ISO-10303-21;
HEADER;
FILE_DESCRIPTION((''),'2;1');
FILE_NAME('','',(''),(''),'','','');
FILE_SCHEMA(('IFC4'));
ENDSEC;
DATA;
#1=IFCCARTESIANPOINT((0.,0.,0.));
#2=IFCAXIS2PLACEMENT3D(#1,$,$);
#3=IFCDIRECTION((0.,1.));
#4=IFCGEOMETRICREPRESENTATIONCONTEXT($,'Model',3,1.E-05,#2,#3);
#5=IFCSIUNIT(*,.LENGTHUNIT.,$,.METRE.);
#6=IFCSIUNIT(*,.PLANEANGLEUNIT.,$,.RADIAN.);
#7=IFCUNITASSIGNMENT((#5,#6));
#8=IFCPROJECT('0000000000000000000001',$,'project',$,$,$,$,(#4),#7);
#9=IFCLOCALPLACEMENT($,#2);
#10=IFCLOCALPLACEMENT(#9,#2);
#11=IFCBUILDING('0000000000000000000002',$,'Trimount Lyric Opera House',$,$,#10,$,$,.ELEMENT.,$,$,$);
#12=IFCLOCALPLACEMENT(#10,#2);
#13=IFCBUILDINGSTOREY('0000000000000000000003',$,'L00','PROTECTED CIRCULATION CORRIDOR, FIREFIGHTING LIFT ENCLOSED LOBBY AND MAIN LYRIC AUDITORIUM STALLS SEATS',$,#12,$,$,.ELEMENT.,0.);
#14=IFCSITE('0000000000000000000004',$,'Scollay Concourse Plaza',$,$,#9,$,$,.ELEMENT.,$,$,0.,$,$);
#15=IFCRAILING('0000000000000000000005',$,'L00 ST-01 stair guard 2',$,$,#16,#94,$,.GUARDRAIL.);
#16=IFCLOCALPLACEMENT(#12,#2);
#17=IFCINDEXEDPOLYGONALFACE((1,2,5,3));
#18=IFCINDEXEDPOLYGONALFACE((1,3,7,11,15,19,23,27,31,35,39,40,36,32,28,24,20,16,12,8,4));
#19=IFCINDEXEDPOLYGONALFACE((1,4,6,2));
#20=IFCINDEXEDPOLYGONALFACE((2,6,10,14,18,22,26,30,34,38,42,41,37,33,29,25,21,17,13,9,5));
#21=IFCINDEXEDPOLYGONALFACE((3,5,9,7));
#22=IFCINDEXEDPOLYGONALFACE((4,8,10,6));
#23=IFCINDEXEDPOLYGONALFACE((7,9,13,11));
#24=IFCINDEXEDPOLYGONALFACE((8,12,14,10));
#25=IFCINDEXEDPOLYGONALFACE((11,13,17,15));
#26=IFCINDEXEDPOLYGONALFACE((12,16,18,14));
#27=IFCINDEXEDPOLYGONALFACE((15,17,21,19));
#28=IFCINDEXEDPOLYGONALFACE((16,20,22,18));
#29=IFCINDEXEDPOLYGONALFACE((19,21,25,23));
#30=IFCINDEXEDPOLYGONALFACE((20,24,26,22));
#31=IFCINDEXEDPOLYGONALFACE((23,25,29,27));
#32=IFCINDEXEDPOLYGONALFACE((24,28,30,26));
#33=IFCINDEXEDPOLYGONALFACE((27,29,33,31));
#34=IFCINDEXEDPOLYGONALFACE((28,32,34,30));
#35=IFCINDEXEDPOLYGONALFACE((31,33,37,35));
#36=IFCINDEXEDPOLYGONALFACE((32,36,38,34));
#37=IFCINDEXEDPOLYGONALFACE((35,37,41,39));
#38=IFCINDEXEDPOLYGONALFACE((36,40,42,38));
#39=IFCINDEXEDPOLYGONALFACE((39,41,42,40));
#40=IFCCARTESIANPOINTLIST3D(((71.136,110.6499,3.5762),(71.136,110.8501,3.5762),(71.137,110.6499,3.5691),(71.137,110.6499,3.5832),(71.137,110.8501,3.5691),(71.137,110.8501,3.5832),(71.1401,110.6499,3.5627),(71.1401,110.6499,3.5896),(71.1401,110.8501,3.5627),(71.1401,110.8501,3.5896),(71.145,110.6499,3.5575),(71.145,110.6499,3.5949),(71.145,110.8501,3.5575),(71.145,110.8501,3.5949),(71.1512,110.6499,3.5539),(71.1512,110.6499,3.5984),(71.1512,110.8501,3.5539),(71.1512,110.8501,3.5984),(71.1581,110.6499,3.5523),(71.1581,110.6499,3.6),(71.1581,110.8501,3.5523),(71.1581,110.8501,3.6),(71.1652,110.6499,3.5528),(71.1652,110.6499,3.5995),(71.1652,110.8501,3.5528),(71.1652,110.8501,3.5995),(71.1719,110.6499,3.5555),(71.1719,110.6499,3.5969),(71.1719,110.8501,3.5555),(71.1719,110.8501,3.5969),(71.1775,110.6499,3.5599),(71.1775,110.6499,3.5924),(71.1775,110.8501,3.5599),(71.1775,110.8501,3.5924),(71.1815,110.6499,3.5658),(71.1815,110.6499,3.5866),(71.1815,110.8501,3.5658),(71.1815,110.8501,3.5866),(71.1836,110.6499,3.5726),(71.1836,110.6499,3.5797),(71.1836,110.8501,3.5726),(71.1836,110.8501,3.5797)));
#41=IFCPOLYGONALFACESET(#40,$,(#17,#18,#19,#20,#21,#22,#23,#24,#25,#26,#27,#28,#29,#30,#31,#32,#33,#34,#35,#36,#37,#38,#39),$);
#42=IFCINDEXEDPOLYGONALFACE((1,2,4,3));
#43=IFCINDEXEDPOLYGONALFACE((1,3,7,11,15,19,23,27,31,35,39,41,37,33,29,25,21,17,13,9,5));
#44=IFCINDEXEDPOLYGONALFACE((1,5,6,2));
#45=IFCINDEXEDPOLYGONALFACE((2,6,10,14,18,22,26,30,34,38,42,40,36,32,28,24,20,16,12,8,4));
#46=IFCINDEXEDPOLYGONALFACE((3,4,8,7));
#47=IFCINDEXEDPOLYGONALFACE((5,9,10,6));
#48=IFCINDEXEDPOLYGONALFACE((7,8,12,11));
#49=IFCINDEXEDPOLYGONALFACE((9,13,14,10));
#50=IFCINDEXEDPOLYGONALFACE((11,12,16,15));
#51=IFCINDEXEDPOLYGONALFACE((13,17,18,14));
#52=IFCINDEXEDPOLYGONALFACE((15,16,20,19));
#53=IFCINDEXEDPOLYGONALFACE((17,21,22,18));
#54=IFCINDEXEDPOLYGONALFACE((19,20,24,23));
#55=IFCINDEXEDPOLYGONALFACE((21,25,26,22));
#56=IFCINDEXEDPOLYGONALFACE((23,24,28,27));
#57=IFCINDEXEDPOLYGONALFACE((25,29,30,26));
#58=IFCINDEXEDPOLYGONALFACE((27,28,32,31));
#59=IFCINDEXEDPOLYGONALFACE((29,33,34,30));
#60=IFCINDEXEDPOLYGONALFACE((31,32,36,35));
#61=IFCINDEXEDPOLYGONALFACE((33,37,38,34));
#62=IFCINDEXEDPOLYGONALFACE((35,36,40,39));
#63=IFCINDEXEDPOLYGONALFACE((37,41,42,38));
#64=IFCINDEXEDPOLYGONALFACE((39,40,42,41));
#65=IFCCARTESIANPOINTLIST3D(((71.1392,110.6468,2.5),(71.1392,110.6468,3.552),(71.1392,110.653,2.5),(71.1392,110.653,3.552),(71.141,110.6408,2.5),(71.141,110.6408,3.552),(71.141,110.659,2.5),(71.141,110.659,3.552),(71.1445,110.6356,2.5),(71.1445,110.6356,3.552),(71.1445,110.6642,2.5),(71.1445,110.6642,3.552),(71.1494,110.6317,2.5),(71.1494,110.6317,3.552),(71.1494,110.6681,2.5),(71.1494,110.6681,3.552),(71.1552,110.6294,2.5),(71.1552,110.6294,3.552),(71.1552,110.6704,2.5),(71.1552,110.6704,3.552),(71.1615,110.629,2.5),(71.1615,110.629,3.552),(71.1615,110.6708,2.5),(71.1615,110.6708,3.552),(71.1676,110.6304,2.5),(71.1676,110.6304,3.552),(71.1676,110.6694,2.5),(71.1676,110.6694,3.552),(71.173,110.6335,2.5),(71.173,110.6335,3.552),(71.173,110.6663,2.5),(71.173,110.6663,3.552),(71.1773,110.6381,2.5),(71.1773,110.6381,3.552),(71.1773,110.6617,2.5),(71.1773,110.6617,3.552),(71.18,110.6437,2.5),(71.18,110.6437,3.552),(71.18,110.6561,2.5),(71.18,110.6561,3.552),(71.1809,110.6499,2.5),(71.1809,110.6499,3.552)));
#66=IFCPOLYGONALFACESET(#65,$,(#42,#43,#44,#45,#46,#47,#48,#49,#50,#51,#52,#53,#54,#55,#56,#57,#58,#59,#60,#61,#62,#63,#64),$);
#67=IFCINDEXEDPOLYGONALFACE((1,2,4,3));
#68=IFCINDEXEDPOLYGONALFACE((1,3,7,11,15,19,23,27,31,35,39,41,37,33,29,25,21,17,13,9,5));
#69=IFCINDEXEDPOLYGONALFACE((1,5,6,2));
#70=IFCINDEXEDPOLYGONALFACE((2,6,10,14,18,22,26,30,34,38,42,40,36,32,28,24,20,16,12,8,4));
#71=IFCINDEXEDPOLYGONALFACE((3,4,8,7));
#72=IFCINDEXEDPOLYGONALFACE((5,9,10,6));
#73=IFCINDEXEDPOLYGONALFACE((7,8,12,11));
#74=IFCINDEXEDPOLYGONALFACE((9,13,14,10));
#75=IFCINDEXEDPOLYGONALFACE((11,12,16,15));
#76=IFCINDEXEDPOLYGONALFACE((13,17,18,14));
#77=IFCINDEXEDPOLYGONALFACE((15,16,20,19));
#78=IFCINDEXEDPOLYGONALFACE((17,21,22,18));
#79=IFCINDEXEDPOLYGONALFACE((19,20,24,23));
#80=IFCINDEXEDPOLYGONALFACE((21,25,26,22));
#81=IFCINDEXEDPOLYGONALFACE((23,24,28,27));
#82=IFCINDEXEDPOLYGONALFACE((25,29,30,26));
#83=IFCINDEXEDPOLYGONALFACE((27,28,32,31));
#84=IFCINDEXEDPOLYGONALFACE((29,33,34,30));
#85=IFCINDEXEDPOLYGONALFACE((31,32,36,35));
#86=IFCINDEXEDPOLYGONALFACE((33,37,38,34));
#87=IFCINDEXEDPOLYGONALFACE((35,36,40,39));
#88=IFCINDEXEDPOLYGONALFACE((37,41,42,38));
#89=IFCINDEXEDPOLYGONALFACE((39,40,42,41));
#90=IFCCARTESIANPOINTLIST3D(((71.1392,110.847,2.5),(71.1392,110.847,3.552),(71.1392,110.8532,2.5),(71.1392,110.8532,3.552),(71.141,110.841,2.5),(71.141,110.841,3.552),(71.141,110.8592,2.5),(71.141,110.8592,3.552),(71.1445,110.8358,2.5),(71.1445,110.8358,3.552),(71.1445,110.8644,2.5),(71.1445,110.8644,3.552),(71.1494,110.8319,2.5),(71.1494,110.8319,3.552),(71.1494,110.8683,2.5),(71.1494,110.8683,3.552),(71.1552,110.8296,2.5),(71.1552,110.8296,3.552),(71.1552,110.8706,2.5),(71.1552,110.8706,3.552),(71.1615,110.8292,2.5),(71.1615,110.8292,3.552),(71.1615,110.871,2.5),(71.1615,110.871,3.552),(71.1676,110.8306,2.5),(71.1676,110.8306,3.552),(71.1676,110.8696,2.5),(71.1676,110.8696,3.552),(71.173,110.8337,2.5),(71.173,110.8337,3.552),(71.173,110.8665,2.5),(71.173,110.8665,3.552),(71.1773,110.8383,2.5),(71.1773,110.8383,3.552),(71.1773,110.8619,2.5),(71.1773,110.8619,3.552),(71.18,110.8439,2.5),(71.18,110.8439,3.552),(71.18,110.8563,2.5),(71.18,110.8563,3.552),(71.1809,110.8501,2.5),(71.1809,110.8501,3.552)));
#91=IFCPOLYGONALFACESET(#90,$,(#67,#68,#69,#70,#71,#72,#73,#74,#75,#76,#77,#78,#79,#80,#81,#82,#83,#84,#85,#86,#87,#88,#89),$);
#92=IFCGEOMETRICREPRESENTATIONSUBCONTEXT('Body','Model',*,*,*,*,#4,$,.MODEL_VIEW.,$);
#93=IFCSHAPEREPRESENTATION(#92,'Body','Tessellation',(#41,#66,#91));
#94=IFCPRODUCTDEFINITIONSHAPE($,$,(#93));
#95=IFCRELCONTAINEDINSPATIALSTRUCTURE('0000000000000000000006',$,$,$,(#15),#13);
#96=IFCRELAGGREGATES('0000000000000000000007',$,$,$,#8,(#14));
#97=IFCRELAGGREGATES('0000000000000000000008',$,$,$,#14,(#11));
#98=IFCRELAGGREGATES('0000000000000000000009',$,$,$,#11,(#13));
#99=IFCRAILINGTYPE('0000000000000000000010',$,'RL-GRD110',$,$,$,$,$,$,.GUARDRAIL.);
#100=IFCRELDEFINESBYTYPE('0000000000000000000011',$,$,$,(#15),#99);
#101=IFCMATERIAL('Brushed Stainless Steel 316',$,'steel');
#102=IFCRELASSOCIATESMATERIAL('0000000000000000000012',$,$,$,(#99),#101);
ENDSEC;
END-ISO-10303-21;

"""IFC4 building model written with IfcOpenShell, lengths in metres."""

from ifc_helpers import new_model, si_unit, direction, frame, origin, origin_2d, place, context, subcontext, project, spatial, circle, extrude, material, type_object, element, save


model = new_model("IFC4")

# Units and contexts
model_context = context("Model", 3, precision=1e-05, world=origin(), true_north=direction((0.0, 1.0)))
body_context = subcontext(model_context, "Body", "Model", "MODEL_VIEW")
ifc_project = project(units=[si_unit("LENGTHUNIT", "METRE"), si_unit("PLANEANGLEUNIT", "RADIAN")], contexts=[model_context])

# Site, building, storey
site_placement = place(None, origin())
site = spatial("IfcSite", under=ifc_project, at=site_placement, Name="Scollay Concourse Plaza", CompositionType="ELEMENT", RefElevation=0.0)
building_placement = place(site_placement, origin())
building = spatial("IfcBuilding", under=site, at=building_placement, Name="Trimount Lyric Opera House", CompositionType="ELEMENT")
storey_placement = place(building_placement, origin())
storey = spatial("IfcBuildingStorey", under=building, at=storey_placement, Name="L00", Description="PROTECTED CIRCULATION CORRIDOR, FIREFIGHTING LIFT ENCLOSED LOBBY AND MAIN LYRIC AUDITORIUM STALLS SEATS", CompositionType="ELEMENT", Elevation=0.0)

# Railing
ifc_material_1 = material(Name="Brushed Stainless Steel 316", Category="steel")
railing_type_1 = type_object("IfcRailingType", Name="RL-GRD110", PredefinedType="GUARDRAIL", material=ifc_material_1)
railing_1_placement = place(storey_placement, frame((71.1599, 110.6499, 2.5)))
element("IfcRailing", 1, at=railing_1_placement, inside=storey, type_object=railing_type_1, Name="L00 ST-01 stair guard 2", PredefinedType="GUARDRAIL", context=body_context, shape_type="SweptSolid", body=[
    extrude(circle(Radius=0.0239, at=origin_2d()), frame((0.0, 0.0, 1.0762), z_axis=(0.0, 1.0, 0.0), x_axis=(-1.0, 0.0, 0.0)), (0.0, 0.0, 1.0), 0.2002),
    extrude(circle(Radius=0.021, at=origin_2d()), origin(), (0.0, 0.0, 1.0), 1.052),
    extrude(circle(Radius=0.021, at=origin_2d()), frame((0.0, 0.2002, 0.0)), (0.0, 0.0, 1.0), 1.052),
])

save(model, "model.ifc")
